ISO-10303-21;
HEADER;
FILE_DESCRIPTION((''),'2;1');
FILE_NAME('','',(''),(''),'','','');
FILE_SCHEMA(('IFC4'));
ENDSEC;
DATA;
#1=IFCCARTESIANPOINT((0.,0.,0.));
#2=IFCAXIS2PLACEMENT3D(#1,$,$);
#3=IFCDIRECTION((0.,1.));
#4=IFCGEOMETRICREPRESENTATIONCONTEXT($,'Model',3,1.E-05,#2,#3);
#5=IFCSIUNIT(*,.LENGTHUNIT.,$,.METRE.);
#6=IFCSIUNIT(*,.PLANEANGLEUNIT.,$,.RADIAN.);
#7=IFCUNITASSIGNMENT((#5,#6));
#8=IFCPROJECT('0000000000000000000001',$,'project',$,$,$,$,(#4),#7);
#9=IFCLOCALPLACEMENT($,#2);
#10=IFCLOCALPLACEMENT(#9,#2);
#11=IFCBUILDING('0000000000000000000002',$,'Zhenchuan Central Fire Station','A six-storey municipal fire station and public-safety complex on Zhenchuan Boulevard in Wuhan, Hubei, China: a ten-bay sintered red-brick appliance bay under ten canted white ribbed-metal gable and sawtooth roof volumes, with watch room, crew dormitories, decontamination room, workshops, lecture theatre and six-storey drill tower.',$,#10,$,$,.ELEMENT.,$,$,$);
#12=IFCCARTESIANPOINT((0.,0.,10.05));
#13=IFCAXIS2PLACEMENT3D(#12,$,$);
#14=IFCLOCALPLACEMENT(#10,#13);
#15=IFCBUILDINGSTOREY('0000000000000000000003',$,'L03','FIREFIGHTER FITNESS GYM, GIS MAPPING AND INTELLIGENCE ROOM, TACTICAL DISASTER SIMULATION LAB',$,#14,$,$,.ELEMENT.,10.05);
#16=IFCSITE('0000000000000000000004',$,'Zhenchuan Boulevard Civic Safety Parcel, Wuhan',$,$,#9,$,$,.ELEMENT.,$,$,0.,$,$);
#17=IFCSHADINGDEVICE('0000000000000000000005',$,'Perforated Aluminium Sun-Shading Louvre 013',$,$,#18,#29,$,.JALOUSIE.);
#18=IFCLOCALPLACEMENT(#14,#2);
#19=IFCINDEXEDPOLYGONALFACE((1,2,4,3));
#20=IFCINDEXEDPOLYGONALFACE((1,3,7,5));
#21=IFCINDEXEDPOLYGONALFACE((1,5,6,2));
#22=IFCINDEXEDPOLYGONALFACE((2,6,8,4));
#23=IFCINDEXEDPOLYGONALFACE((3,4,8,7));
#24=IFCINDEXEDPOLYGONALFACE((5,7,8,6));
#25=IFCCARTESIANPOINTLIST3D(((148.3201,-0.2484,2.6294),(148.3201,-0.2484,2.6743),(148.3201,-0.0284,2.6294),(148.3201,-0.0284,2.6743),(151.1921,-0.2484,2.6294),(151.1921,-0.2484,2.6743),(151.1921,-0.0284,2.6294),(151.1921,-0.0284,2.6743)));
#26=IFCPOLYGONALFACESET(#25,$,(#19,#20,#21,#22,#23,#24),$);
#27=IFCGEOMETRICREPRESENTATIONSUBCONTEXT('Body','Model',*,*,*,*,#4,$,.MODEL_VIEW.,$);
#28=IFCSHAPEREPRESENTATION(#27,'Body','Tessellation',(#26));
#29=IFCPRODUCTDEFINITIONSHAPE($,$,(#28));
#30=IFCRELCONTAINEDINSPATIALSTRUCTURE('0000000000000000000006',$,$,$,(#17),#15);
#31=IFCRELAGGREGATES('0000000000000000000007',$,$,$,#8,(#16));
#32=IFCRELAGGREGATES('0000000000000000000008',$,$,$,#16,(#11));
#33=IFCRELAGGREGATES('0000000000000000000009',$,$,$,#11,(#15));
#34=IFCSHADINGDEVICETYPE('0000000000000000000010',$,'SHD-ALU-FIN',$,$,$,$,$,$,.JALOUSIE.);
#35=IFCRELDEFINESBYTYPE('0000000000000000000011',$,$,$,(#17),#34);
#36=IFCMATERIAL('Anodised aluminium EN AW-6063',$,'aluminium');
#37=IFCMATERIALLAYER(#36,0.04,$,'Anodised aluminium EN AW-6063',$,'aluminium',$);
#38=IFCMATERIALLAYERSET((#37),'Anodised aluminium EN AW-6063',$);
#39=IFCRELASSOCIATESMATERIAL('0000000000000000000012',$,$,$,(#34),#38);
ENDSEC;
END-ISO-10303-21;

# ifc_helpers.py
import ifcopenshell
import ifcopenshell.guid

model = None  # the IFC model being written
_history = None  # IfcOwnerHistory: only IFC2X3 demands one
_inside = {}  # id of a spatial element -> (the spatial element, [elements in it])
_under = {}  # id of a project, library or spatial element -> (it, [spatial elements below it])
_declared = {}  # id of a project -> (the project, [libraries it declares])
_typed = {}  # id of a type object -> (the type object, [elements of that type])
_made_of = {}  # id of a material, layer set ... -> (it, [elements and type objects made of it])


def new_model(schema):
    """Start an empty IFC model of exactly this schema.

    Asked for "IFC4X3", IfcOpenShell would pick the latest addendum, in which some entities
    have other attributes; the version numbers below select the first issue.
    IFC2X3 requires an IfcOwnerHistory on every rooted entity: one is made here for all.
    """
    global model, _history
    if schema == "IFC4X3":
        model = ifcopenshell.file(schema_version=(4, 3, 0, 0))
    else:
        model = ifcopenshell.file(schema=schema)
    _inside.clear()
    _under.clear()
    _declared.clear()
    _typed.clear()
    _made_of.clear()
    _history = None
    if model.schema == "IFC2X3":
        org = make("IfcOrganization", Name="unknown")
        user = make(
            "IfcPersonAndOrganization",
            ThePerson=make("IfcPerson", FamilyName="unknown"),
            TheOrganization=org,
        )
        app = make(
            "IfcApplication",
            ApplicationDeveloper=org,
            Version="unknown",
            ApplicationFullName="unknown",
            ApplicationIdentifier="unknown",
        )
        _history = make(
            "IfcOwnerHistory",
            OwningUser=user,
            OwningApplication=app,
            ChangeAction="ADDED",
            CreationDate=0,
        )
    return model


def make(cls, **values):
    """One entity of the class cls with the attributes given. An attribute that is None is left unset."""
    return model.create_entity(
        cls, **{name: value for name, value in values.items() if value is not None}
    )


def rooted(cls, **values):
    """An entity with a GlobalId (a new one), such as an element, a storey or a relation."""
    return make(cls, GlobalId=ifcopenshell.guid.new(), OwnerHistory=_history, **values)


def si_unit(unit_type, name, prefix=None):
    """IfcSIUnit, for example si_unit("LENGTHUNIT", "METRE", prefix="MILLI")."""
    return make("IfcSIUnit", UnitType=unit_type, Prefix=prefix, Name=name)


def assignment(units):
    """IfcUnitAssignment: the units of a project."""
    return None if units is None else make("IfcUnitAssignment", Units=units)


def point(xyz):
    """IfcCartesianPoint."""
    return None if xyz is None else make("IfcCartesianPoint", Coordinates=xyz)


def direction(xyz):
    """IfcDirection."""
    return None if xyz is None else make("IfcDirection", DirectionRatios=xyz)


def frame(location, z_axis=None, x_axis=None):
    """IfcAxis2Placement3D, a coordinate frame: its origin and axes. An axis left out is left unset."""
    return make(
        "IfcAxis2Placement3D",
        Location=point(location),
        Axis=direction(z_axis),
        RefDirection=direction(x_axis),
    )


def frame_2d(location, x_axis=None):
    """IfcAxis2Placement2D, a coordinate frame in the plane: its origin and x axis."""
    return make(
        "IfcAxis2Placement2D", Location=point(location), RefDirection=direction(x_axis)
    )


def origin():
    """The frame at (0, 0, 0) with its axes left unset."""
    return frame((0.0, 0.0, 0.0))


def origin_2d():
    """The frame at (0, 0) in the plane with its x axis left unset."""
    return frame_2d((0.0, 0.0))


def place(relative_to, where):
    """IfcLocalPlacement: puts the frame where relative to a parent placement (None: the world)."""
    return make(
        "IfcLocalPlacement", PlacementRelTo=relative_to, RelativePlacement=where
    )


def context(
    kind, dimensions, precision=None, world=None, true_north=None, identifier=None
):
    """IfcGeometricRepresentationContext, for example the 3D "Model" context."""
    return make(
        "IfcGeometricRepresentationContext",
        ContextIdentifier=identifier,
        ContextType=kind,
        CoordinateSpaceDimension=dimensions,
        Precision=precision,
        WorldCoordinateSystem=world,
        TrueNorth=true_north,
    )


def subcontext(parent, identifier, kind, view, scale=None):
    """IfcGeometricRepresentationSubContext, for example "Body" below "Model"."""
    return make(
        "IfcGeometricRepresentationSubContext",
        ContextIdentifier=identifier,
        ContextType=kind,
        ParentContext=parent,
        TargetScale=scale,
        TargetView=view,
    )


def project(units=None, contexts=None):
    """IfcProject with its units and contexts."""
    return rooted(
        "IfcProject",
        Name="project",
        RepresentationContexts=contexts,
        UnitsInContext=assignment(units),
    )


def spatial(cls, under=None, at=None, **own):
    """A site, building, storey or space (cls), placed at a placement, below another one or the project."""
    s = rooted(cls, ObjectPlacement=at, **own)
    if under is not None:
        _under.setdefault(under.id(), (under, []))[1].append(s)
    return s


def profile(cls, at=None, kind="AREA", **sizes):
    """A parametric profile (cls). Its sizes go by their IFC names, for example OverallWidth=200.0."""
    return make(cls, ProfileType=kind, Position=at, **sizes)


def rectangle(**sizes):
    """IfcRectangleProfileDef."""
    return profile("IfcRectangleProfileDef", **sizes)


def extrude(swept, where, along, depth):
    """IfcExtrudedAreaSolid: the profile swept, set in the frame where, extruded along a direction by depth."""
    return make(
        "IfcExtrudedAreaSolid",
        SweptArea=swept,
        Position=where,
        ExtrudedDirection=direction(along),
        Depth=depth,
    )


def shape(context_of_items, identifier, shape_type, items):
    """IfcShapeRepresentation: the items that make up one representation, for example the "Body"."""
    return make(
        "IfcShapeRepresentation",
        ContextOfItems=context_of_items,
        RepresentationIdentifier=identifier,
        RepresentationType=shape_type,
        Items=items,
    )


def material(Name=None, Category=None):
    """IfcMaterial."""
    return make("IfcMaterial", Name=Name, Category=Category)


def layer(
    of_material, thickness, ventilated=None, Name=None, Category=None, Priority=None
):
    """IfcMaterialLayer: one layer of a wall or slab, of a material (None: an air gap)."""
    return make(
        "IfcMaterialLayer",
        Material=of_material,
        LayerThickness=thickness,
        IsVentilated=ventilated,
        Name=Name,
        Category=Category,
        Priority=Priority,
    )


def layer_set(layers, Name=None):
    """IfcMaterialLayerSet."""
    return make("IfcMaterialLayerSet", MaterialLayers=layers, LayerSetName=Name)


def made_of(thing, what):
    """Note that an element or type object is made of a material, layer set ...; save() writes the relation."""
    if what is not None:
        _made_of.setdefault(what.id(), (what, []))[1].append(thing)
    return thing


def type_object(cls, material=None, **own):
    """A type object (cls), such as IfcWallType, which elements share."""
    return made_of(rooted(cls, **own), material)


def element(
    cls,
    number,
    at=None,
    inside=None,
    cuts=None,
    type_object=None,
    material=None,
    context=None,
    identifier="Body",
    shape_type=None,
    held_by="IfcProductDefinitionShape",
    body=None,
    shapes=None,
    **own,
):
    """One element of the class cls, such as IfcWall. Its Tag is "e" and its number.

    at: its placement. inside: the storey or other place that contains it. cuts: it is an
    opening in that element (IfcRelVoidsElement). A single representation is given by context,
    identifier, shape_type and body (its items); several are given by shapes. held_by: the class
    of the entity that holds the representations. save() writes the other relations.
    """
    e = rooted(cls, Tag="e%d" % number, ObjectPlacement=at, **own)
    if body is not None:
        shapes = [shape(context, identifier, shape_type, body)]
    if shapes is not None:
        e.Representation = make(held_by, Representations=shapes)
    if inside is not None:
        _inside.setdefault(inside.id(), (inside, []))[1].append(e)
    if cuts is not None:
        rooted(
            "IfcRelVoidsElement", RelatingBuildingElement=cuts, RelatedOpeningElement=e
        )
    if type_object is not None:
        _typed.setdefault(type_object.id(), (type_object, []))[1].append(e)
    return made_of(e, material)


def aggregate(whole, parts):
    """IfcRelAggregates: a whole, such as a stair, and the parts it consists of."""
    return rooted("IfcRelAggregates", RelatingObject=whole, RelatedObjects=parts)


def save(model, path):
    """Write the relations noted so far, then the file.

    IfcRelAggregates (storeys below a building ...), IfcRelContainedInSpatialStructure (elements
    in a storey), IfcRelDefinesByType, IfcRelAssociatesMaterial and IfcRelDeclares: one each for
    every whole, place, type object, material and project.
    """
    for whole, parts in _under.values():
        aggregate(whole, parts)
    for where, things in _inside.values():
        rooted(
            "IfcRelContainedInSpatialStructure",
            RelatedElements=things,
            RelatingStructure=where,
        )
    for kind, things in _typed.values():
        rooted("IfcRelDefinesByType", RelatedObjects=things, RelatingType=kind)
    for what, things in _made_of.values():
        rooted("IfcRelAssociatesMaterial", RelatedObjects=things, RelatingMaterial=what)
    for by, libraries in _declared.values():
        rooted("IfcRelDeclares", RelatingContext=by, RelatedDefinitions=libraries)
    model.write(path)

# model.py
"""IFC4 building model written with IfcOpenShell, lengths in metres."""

from ifc_helpers import new_model, si_unit, direction, frame, origin, origin_2d, place, context, subcontext, project, spatial, rectangle, extrude, material, layer, layer_set, type_object, element, save


model = new_model("IFC4")

# Units and contexts
model_context = context("Model", 3, precision=1e-05, world=origin(), true_north=direction((0.0, 1.0)))
body_context = subcontext(model_context, "Body", "Model", "MODEL_VIEW")
ifc_project = project(units=[si_unit("LENGTHUNIT", "METRE"), si_unit("PLANEANGLEUNIT", "RADIAN")], contexts=[model_context])

# Site, building, storey
site_placement = place(None, origin())
site = spatial("IfcSite", under=ifc_project, at=site_placement, Name="Zhenchuan Boulevard Civic Safety Parcel, Wuhan", CompositionType="ELEMENT", RefElevation=0.0)
building_placement = place(site_placement, origin())
building = spatial("IfcBuilding", under=site, at=building_placement, Name="Zhenchuan Central Fire Station", Description="A six-storey municipal fire station and public-safety complex on Zhenchuan Boulevard in Wuhan, Hubei, China: a ten-bay sintered red-brick appliance bay under ten canted white ribbed-metal gable and sawtooth roof volumes, with watch room, crew dormitories, decontamination room, workshops, lecture theatre and six-storey drill tower.", CompositionType="ELEMENT")
storey_placement = place(building_placement, frame((0.0, 0.0, 10.05)))
storey = spatial("IfcBuildingStorey", under=building, at=storey_placement, Name="L03", Description="FIREFIGHTER FITNESS GYM, GIS MAPPING AND INTELLIGENCE ROOM, TACTICAL DISASTER SIMULATION LAB", CompositionType="ELEMENT", Elevation=10.05)

# Shared definitions
ifc_material_1 = material(Name="Anodised aluminium EN AW-6063", Category="aluminium")

# Shading device
ifc_layer_1 = layer(ifc_material_1, 0.04, Name="Anodised aluminium EN AW-6063", Category="aluminium")
ifc_layer_set_1 = layer_set([ifc_layer_1], Name="Anodised aluminium EN AW-6063")
shading_device_type = type_object("IfcShadingDeviceType", Name="SHD-ALU-FIN", PredefinedType="JALOUSIE", material=ifc_layer_set_1)
shading_device_placement = place(storey_placement, frame((149.7561, -0.1384, 2.6294), z_axis=(0.0, 0.0, 1.0), x_axis=(1.0, 0.0, 0.0)))
element("IfcShadingDevice", 1, at=shading_device_placement, inside=storey, type_object=shading_device_type, Name="Perforated Aluminium Sun-Shading Louvre 013", PredefinedType="JALOUSIE", context=body_context, shape_type="SweptSolid", body=[
    extrude(rectangle(XDim=2.8721, YDim=0.22, at=origin_2d()), origin(), (0.0, 0.0, 1.0), 0.0449),
])

save(model, "model.ifc")
